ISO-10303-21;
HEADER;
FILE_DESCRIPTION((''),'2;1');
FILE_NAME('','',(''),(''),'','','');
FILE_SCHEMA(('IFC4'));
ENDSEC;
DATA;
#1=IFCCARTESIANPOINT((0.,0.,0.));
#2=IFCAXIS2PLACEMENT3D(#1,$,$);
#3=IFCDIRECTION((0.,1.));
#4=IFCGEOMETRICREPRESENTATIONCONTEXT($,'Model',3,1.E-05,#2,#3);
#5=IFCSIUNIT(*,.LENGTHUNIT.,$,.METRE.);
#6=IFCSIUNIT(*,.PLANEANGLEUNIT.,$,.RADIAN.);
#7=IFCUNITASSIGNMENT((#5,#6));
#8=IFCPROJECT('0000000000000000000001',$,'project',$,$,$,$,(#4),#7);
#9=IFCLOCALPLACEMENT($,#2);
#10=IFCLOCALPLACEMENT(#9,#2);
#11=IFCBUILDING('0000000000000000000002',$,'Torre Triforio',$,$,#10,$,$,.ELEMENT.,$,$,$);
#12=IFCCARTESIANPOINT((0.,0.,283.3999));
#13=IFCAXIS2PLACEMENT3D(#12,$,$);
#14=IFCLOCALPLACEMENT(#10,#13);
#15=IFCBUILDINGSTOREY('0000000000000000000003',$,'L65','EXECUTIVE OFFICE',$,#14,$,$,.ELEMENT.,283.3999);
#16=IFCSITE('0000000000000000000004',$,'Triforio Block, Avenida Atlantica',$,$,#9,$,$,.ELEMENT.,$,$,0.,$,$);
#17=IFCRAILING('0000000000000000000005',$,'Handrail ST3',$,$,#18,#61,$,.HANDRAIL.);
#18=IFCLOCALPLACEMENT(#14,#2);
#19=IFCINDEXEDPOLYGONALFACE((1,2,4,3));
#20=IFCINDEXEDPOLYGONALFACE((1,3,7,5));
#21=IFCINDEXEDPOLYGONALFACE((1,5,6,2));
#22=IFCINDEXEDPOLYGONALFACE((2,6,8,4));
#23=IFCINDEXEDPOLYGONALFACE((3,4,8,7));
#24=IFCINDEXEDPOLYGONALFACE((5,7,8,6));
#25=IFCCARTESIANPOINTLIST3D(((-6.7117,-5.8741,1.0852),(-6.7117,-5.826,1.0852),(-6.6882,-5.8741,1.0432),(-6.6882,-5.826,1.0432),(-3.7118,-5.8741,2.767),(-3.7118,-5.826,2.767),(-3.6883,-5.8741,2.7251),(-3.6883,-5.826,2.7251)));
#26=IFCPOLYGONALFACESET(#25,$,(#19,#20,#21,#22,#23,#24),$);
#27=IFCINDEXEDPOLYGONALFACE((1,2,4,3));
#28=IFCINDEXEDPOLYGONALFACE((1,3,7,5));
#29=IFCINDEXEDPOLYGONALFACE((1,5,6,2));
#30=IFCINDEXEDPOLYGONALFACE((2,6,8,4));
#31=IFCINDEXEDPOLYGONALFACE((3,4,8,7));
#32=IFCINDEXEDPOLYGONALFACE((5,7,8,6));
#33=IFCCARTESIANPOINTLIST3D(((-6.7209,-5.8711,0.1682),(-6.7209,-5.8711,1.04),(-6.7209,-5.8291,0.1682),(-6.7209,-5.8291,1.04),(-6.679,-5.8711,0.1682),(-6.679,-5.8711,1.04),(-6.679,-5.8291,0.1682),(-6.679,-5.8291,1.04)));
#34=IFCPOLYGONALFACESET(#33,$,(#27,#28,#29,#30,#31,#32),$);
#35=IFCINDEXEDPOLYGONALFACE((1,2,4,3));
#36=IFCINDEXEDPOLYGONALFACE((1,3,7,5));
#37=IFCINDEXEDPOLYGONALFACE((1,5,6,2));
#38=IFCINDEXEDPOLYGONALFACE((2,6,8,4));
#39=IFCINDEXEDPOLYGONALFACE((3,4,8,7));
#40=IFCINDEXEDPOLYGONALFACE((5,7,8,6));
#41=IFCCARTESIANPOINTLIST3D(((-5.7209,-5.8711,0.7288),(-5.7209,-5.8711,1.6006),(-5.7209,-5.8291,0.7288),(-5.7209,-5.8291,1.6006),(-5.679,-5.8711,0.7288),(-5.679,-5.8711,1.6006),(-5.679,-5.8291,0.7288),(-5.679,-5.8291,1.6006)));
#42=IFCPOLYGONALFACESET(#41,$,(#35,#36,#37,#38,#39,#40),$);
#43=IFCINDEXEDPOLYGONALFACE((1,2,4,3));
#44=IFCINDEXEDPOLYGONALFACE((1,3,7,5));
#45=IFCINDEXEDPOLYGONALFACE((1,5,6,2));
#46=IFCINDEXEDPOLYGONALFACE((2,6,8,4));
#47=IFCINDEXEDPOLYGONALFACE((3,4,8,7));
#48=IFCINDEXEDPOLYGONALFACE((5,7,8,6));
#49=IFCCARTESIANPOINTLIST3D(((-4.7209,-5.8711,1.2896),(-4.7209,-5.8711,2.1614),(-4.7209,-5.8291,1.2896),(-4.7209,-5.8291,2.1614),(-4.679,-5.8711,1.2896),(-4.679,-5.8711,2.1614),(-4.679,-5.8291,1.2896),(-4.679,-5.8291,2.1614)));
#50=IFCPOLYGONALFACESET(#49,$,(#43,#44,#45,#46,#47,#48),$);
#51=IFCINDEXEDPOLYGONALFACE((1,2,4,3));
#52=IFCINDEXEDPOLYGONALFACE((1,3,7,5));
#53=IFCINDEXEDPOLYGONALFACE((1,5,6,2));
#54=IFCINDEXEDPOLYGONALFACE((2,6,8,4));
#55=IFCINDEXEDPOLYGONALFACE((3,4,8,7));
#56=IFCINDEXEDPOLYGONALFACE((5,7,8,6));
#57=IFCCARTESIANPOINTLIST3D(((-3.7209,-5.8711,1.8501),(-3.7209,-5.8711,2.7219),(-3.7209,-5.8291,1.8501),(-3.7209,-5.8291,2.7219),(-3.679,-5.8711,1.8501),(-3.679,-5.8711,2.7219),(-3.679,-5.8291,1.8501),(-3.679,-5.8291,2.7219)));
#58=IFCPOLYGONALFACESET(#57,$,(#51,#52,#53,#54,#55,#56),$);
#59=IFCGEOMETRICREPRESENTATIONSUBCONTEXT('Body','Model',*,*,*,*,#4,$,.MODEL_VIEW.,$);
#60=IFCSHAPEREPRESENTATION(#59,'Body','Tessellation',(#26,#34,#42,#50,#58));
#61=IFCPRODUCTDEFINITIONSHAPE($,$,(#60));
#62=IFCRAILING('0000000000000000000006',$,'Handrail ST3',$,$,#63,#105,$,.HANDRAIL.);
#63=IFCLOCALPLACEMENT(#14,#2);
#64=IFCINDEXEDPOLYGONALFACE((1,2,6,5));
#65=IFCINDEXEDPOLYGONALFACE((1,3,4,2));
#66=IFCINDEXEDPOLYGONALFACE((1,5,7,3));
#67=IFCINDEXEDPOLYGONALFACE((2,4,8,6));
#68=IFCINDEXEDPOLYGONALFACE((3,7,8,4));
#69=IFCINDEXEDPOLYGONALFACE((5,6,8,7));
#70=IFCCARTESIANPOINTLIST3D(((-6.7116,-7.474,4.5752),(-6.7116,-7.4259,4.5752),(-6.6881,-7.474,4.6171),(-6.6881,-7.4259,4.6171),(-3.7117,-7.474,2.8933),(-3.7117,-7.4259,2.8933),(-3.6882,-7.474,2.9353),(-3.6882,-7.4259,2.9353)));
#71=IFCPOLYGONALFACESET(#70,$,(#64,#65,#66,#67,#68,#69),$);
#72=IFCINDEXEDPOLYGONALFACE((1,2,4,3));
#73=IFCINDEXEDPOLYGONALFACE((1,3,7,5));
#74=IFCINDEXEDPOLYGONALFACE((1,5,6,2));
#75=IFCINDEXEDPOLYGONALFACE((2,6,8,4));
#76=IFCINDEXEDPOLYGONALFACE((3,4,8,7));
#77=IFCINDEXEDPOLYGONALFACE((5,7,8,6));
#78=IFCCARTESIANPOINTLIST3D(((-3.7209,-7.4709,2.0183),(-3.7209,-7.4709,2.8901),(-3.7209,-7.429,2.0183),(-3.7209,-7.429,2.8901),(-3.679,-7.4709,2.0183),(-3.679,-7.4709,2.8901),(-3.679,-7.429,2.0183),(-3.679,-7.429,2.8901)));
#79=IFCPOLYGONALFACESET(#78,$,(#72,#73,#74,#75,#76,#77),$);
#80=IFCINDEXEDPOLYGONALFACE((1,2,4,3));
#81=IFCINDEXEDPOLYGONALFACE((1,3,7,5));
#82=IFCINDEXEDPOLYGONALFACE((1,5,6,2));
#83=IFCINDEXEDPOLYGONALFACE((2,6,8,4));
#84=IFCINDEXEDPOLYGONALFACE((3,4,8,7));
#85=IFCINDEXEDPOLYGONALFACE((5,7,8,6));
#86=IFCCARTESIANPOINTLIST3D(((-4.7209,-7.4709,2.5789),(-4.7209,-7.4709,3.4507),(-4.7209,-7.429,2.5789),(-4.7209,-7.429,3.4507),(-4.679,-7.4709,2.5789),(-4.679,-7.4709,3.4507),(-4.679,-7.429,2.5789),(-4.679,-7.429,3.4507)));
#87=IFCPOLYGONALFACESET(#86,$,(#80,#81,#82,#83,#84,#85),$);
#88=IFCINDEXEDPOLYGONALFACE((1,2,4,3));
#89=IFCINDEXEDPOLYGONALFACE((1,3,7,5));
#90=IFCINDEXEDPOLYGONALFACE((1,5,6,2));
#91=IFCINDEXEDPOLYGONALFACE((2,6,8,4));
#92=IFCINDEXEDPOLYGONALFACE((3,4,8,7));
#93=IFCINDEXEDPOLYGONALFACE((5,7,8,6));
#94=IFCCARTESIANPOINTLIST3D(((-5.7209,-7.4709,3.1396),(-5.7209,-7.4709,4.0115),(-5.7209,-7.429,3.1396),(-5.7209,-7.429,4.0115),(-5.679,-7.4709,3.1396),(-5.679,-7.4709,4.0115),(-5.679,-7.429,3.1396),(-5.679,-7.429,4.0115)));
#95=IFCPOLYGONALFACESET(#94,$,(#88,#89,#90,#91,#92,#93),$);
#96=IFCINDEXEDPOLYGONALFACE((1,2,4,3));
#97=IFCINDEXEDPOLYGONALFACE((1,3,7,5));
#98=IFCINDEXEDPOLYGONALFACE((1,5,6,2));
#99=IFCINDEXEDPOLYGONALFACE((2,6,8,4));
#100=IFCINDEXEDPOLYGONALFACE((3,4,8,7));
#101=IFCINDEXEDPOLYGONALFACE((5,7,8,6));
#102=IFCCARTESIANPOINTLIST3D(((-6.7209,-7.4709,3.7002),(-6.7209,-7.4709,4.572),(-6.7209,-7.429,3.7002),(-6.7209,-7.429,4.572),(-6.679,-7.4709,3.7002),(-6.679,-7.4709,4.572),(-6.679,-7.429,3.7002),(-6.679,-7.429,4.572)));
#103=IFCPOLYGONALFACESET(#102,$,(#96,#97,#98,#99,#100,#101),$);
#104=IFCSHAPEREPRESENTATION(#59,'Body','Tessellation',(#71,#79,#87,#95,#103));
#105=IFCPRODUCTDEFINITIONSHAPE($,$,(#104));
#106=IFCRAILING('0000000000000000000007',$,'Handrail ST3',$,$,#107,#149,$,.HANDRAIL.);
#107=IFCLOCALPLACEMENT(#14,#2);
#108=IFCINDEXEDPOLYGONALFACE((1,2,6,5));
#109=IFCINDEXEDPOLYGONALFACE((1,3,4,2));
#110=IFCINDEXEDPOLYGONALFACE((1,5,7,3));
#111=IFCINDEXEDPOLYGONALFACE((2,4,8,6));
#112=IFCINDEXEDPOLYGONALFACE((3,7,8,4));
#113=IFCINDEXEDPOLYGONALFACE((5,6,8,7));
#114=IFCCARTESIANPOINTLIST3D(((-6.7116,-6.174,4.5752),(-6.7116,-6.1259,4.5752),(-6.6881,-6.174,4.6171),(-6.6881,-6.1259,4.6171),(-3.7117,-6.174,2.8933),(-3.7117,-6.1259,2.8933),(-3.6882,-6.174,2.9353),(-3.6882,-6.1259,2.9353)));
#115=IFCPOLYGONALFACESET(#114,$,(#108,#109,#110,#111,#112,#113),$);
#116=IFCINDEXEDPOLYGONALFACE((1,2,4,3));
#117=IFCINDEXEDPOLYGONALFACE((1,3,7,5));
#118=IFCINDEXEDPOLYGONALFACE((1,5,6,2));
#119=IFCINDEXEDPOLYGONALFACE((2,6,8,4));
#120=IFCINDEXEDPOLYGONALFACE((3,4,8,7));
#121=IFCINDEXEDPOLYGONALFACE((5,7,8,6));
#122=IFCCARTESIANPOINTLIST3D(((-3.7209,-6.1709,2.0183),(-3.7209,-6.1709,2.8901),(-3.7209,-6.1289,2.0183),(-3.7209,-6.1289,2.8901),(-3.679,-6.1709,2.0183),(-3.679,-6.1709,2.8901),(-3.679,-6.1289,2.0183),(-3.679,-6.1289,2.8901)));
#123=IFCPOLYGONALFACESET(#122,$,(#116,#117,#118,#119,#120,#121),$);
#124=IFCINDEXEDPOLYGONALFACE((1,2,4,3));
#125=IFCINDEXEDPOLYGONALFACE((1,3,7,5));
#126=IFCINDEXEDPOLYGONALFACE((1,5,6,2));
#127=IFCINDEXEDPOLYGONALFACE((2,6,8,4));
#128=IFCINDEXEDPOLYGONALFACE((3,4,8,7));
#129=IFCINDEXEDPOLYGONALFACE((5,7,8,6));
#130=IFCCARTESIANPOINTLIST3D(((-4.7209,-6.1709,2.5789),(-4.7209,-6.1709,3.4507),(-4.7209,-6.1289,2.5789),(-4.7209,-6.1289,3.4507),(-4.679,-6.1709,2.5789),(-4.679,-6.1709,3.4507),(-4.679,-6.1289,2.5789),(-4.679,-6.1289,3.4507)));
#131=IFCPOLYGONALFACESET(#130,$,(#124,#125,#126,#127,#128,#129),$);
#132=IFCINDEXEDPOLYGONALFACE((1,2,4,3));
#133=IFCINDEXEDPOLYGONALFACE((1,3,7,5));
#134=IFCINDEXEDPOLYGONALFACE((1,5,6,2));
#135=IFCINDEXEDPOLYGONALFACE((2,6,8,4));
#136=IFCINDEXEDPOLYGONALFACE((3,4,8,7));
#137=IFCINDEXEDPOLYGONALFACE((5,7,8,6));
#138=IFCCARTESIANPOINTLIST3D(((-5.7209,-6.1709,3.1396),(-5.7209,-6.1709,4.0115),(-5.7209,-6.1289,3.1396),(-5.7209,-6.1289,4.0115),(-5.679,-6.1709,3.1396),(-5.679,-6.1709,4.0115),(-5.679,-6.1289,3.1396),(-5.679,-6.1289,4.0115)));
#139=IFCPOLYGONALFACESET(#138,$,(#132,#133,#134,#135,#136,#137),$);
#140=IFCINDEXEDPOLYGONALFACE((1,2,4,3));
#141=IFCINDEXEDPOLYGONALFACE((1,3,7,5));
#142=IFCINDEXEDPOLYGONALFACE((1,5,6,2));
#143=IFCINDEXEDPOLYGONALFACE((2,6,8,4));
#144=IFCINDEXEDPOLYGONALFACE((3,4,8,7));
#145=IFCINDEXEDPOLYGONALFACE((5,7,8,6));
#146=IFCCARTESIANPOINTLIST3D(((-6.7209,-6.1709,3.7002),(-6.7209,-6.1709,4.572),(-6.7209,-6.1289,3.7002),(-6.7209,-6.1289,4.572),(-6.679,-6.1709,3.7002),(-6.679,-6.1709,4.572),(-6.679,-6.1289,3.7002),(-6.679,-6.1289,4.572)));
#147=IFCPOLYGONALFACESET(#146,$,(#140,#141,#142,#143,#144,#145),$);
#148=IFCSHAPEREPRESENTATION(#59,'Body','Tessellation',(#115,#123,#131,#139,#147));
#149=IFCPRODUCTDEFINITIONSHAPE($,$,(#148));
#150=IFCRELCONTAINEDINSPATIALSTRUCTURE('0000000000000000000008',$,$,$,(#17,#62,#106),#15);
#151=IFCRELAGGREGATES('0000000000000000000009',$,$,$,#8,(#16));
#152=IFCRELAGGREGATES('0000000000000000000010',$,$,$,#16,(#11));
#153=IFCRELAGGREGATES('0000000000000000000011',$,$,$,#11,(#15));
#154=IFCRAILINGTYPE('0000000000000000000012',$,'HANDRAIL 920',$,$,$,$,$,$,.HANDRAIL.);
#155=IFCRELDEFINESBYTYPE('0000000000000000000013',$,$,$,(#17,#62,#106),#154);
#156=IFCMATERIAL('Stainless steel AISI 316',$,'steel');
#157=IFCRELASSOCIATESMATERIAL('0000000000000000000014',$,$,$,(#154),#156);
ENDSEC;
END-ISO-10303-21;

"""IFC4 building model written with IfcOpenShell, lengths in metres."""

from ifc_helpers import new_model, si_unit, direction, frame, origin, origin_2d, place, context, subcontext, project, spatial, rectangle, extrude, material, type_object, element, save


model = new_model("IFC4")

# Units and contexts
model_context = context("Model", 3, precision=1e-05, world=origin(), true_north=direction((0.0, 1.0)))
body_context = subcontext(model_context, "Body", "Model", "MODEL_VIEW")
ifc_project = project(units=[si_unit("LENGTHUNIT", "METRE"), si_unit("PLANEANGLEUNIT", "RADIAN")], contexts=[model_context])

# Site, building, storey
site_placement = place(None, origin())
site = spatial("IfcSite", under=ifc_project, at=site_placement, Name="Triforio Block, Avenida Atlantica", CompositionType="ELEMENT", RefElevation=0.0)
building_placement = place(site_placement, origin())
building = spatial("IfcBuilding", under=site, at=building_placement, Name="Torre Triforio", CompositionType="ELEMENT")
storey_placement = place(building_placement, frame((0.0, 0.0, 283.3999)))
storey = spatial("IfcBuildingStorey", under=building, at=storey_placement, Name="L65", Description="EXECUTIVE OFFICE", CompositionType="ELEMENT", Elevation=283.3999)

# Railings
ifc_material_1 = material(Name="Stainless steel AISI 316", Category="steel")
railing_type = type_object("IfcRailingType", Name="HANDRAIL 920", PredefinedType="HANDRAIL", material=ifc_material_1)
for number, where, name in (
    (1, (-6.7, -5.8501, 0.1682), "Handrail ST3"),
):
    element("IfcRailing", number, at=place(storey_placement, frame(where)), inside=storey, type_object=railing_type, Name=name, PredefinedType="HANDRAIL", context=body_context, shape_type="SweptSolid", body=[
        extrude(rectangle(XDim=0.0481, YDim=0.0481, at=origin_2d()), frame((0.0, 0.0, 0.896), z_axis=(0.872272, 0.0, 0.48902), x_axis=(0.0, 1.0, 0.0)), (0.0, 0.0, 1.0), 3.4392),
        extrude(rectangle(XDim=0.042, YDim=0.042, at=origin_2d()), origin(), (0.0, 0.0, 1.0), 0.8718),
        extrude(rectangle(XDim=0.042, YDim=0.042, at=origin_2d()), frame((1.0, 0.0, 0.5605)), (0.0, 0.0, 1.0), 0.8718),
        extrude(rectangle(XDim=0.042, YDim=0.042, at=origin_2d()), frame((2.0, 0.0, 1.1213)), (0.0, 0.0, 1.0), 0.8718),
        extrude(rectangle(XDim=0.042, YDim=0.042, at=origin_2d()), frame((3.0, 0.0, 1.6819)), (0.0, 0.0, 1.0), 0.8718),
    ])
for number, where, name in (
    (2, (-3.7, -7.45, 2.0183), "Handrail ST3"),
    (3, (-3.7, -6.1499, 2.0183), "Handrail ST3"),
):
    element("IfcRailing", number, at=place(storey_placement, frame(where)), inside=storey, type_object=railing_type, Name=name, PredefinedType="HANDRAIL", context=body_context, shape_type="SweptSolid", body=[
        extrude(rectangle(XDim=0.0481, YDim=0.0481, at=origin_2d()), frame((0.0, 0.0, 0.896), z_axis=(-0.872272, 0.0, 0.48902), x_axis=(0.0, -1.0, 0.0)), (0.0, 0.0, 1.0), 3.4392),
        extrude(rectangle(XDim=0.042, YDim=0.042, at=origin_2d()), origin(), (0.0, 0.0, 1.0), 0.8718),
        extrude(rectangle(XDim=0.042, YDim=0.042, at=origin_2d()), frame((-1.0, 0.0, 0.5605)), (0.0, 0.0, 1.0), 0.8718),
        extrude(rectangle(XDim=0.042, YDim=0.042, at=origin_2d()), frame((-2.0, 0.0, 1.1213)), (0.0, 0.0, 1.0), 0.8718),
        extrude(rectangle(XDim=0.042, YDim=0.042, at=origin_2d()), frame((-3.0, 0.0, 1.6819)), (0.0, 0.0, 1.0), 0.8718),
    ])

save(model, "model.ifc")
